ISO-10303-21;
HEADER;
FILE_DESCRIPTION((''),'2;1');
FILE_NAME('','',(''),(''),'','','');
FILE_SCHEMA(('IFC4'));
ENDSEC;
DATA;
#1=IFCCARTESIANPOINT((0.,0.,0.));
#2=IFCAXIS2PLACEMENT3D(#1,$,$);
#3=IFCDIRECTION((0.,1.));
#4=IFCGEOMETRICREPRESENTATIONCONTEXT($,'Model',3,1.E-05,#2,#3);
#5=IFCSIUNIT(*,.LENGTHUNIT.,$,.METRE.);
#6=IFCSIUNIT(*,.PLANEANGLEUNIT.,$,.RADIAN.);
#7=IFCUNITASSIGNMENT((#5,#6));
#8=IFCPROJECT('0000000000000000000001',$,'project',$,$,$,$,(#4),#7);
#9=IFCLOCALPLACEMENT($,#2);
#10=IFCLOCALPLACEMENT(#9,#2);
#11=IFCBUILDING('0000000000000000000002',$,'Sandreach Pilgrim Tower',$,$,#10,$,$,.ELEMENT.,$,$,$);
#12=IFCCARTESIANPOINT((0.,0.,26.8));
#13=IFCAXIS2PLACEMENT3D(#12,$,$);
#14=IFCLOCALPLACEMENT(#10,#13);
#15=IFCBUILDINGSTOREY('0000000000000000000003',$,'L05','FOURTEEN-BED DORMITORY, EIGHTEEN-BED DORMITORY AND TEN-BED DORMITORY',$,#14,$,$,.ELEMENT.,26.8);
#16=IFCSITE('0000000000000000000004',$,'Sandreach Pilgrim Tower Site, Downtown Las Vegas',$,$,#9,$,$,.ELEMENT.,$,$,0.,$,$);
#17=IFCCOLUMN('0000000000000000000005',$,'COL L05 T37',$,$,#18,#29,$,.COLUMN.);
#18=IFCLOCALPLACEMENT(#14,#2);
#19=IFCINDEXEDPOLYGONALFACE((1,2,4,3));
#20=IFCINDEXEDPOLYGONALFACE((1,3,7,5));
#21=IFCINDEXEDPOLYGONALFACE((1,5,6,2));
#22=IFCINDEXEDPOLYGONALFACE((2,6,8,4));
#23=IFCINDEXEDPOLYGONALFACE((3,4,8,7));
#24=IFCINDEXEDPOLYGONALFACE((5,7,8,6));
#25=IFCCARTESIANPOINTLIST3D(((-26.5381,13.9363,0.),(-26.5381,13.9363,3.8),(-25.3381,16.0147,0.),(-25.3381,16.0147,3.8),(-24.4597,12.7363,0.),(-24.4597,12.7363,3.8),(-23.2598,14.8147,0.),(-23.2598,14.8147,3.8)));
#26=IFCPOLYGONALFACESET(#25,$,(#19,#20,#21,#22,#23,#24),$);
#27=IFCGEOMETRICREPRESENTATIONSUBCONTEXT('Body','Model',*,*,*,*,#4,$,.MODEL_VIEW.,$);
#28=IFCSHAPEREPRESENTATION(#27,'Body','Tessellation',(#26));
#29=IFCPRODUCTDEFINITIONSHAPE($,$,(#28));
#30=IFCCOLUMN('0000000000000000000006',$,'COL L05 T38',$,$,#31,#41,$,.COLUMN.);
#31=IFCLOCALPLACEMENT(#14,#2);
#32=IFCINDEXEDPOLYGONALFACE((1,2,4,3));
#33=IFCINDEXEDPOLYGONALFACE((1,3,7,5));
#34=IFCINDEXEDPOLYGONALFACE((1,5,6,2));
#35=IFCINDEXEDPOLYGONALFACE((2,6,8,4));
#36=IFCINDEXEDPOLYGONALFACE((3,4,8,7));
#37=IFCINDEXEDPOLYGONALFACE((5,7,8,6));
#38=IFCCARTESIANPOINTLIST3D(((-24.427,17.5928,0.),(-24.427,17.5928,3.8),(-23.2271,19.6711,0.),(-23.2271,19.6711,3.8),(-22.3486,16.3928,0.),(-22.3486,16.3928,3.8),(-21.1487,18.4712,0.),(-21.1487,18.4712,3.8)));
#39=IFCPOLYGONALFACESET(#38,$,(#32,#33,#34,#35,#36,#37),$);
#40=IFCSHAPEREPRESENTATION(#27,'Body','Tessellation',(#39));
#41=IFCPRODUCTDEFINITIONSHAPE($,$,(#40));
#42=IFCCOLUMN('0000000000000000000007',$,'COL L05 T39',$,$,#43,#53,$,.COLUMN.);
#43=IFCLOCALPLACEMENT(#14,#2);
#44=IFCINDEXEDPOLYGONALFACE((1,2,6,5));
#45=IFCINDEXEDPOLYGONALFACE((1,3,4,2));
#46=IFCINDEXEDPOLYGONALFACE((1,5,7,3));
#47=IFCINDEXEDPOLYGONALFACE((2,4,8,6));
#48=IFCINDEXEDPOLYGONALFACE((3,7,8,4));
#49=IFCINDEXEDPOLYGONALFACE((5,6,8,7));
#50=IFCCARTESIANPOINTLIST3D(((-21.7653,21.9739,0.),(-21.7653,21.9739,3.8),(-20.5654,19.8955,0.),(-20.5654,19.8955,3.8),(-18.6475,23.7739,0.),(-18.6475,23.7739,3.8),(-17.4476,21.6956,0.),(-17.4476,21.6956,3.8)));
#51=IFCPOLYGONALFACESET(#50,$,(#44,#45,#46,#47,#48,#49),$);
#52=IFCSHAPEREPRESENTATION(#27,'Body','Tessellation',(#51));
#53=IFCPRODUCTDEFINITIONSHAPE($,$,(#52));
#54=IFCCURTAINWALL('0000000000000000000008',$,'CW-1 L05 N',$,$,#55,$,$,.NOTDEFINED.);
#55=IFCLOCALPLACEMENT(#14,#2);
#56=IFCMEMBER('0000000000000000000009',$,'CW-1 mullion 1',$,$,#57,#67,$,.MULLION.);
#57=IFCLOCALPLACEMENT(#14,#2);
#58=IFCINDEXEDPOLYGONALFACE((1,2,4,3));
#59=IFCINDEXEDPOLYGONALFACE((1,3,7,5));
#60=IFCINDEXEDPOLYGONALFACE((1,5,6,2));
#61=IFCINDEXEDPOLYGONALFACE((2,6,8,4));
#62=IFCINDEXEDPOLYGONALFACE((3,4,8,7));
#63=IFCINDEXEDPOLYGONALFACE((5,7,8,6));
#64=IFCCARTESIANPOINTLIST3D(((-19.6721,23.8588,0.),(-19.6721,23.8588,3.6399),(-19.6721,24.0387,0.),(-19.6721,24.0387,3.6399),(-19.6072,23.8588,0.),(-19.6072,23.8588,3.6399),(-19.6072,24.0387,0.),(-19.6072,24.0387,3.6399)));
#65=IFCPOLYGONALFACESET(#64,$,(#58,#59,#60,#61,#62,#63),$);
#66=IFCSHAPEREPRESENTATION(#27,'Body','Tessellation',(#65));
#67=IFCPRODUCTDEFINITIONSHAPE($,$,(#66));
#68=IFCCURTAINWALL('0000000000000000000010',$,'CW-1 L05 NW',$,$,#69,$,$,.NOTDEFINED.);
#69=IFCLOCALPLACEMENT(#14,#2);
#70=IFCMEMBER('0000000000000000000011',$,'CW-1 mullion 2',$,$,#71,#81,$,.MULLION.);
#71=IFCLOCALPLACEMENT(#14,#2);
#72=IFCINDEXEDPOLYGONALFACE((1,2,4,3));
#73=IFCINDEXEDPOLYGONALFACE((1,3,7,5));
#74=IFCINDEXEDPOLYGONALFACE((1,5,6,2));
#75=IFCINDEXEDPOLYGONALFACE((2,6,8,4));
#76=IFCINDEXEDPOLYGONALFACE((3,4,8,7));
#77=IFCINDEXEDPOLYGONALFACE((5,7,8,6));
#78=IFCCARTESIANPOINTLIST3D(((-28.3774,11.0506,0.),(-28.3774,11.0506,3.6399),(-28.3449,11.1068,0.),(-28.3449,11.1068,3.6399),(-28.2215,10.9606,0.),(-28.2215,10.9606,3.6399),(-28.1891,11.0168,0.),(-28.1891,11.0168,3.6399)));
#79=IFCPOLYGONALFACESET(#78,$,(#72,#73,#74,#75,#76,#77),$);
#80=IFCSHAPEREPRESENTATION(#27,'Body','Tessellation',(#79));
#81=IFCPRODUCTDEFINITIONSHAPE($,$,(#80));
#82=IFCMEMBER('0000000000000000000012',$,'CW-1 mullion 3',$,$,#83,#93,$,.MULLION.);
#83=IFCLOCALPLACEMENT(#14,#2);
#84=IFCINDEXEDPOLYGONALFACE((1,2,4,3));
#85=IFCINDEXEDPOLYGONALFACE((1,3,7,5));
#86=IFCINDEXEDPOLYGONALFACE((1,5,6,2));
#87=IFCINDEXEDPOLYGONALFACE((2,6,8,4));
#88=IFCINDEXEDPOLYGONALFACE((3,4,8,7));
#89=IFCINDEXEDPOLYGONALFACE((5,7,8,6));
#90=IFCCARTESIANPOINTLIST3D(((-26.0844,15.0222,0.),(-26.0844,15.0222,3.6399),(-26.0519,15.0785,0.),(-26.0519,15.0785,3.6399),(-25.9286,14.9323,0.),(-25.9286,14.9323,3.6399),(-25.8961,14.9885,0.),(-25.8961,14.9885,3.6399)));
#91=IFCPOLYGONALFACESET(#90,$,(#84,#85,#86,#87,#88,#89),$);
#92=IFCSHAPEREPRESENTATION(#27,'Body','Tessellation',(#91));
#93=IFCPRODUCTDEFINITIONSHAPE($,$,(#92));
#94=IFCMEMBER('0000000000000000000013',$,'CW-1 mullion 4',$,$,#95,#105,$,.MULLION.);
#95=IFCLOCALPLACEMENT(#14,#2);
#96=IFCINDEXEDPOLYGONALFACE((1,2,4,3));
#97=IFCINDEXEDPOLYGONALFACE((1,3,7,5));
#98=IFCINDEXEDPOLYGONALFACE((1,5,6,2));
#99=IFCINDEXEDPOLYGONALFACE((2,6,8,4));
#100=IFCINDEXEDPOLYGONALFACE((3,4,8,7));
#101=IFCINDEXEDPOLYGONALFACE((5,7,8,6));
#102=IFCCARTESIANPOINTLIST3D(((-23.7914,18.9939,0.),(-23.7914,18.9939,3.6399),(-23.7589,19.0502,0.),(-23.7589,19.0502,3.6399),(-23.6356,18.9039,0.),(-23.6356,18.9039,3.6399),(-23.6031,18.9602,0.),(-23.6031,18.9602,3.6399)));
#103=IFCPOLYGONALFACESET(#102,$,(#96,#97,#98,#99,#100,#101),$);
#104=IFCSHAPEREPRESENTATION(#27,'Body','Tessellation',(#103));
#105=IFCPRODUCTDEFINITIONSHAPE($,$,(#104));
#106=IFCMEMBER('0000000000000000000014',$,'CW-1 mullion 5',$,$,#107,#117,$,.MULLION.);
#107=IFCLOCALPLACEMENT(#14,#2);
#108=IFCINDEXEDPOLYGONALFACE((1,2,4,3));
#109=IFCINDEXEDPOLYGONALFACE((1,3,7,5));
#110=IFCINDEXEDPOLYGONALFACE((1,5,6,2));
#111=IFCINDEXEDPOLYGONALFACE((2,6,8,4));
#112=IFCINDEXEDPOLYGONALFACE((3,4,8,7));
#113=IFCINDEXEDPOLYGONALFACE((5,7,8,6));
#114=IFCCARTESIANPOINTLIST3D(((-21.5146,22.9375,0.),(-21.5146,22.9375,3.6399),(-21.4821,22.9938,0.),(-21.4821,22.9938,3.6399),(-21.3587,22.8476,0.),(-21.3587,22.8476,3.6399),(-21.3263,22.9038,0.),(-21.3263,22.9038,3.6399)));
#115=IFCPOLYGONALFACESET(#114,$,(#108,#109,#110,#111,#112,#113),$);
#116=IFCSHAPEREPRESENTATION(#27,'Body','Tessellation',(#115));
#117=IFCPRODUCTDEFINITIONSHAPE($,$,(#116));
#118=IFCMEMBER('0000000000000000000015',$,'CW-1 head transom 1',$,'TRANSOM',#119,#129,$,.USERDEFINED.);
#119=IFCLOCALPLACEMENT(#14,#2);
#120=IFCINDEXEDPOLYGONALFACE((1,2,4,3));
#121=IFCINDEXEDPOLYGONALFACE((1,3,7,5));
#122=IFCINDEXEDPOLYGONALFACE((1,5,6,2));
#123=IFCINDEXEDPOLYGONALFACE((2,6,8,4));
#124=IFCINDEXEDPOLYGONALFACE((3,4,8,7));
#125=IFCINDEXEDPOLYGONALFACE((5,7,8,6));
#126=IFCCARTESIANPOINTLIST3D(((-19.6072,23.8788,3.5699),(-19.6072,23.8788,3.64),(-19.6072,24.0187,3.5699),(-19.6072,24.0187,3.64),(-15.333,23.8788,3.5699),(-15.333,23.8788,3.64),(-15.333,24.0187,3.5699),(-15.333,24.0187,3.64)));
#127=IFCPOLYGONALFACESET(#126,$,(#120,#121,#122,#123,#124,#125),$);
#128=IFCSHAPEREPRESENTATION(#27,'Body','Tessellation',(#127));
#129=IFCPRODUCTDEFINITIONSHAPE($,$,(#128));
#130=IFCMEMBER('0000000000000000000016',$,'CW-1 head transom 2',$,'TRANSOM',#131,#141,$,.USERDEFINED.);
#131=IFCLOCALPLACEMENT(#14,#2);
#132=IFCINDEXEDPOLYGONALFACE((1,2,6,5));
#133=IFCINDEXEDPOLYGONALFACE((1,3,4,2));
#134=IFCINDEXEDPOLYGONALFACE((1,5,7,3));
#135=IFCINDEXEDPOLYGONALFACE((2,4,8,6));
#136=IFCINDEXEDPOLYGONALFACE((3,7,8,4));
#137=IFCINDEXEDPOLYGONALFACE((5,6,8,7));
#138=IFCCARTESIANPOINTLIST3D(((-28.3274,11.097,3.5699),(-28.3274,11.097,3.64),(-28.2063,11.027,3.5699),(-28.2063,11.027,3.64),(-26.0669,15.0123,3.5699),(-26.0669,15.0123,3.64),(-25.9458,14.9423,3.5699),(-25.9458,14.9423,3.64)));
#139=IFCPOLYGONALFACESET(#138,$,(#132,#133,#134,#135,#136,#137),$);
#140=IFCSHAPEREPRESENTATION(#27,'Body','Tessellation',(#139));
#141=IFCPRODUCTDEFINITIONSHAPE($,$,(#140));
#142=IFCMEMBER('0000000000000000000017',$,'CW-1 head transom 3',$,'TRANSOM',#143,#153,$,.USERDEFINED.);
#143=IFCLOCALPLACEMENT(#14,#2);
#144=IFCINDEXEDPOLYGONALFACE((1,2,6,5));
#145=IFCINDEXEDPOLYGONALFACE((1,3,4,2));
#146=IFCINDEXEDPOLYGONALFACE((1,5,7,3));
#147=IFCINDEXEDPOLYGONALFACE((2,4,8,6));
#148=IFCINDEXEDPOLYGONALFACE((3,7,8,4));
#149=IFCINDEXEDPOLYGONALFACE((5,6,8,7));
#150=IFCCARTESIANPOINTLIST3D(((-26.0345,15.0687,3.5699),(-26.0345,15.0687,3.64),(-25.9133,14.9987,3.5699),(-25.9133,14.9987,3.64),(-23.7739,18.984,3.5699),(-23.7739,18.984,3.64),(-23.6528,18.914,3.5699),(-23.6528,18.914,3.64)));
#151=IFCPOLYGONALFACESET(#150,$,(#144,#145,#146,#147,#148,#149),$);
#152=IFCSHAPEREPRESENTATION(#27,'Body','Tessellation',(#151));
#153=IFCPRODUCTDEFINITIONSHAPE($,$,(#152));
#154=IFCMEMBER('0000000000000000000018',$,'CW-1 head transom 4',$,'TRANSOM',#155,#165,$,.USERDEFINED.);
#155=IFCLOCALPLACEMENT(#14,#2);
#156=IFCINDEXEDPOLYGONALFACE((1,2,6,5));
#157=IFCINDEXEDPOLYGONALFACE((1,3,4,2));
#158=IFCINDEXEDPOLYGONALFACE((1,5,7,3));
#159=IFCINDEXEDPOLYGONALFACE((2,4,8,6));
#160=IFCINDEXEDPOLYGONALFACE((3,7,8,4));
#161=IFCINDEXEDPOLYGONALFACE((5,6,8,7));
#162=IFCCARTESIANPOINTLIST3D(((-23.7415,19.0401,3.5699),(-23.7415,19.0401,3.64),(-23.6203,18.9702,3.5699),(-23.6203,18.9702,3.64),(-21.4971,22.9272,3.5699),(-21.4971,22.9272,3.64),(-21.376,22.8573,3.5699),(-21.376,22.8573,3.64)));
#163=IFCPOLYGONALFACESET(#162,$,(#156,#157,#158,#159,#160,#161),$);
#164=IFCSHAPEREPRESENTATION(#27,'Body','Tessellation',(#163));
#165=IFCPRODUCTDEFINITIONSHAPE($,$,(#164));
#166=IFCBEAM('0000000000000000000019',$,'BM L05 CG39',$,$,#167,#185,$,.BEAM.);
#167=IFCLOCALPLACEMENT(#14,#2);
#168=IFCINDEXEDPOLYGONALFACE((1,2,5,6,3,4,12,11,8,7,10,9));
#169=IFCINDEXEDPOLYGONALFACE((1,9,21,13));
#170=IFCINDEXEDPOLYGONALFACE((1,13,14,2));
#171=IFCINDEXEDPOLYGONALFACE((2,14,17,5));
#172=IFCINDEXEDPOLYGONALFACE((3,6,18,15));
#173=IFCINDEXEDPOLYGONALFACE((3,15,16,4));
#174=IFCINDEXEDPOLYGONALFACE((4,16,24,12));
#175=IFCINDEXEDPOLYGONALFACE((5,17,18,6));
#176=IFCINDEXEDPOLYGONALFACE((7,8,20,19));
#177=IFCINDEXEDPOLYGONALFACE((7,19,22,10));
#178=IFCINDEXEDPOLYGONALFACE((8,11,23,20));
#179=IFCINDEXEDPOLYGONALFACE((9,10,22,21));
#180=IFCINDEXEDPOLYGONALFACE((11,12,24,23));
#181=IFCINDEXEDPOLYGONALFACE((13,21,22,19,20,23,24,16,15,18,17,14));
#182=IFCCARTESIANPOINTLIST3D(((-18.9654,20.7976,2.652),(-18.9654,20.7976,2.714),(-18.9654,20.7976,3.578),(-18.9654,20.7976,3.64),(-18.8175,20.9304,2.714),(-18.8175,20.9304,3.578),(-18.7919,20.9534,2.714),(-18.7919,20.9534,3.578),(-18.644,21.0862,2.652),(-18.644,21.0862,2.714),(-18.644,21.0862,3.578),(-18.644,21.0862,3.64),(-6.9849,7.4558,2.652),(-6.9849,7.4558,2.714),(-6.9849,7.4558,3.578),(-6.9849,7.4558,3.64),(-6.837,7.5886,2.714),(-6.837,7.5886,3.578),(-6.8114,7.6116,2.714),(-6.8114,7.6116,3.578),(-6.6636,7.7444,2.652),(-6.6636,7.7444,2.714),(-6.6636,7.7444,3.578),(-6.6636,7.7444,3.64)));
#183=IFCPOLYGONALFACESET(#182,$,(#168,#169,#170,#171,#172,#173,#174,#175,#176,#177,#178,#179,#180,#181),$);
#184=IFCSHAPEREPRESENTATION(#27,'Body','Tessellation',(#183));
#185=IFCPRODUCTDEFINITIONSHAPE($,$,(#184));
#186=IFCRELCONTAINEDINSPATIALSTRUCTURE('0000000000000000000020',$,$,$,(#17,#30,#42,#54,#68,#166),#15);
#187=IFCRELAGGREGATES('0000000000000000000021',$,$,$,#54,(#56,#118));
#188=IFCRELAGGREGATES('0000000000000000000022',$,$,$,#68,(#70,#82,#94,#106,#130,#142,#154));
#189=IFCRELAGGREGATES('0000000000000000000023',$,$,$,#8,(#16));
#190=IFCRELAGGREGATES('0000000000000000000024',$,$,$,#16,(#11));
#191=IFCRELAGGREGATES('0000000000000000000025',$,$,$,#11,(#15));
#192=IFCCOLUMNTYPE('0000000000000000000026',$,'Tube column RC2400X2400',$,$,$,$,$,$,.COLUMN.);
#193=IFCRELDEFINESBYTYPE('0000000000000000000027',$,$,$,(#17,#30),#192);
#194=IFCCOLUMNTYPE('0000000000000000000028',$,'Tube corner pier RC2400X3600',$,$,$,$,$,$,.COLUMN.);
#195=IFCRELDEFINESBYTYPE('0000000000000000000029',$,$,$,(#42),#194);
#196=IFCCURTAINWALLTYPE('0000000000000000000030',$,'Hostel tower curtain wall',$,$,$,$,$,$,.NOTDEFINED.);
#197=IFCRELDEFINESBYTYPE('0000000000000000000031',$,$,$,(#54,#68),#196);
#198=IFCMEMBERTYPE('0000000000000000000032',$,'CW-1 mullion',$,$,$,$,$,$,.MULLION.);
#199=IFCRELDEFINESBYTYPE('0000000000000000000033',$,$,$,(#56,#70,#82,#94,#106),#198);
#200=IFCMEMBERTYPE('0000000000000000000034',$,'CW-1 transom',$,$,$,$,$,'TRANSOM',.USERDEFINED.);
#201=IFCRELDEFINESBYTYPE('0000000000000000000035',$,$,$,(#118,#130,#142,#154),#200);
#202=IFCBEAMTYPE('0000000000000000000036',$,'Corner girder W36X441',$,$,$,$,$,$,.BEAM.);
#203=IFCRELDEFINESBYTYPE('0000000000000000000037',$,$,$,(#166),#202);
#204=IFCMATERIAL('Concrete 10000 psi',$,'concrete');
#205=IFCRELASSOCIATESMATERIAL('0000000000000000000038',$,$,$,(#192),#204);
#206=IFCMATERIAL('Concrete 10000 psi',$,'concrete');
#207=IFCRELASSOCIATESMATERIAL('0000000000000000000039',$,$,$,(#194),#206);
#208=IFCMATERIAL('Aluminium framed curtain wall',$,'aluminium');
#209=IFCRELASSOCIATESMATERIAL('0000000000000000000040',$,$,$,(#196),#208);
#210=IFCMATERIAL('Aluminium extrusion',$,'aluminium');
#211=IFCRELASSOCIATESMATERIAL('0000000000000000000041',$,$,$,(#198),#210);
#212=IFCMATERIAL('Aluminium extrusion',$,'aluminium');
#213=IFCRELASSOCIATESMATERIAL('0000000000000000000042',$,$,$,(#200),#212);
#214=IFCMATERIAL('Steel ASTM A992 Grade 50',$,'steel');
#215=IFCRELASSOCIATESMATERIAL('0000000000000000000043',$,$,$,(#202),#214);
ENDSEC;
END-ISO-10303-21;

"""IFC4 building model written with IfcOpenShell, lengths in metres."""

from ifc_helpers import new_model, si_unit, direction, frame, origin, origin_2d, place, context, subcontext, project, spatial, rectangle, i_section, extrude, material, material_profile, profile_set, type_object, element, aggregate, save


model = new_model("IFC4")

# Units and contexts
model_context = context("Model", 3, precision=1e-05, world=origin(), true_north=direction((0.0, 1.0)))
body_context = subcontext(model_context, "Body", "Model", "MODEL_VIEW")
ifc_project = project(units=[si_unit("LENGTHUNIT", "METRE"), si_unit("PLANEANGLEUNIT", "RADIAN")], contexts=[model_context])

# Site, building, storey
site_placement = place(None, origin())
site = spatial("IfcSite", under=ifc_project, at=site_placement, Name="Sandreach Pilgrim Tower Site, Downtown Las Vegas", CompositionType="ELEMENT", RefElevation=0.0)
building_placement = place(site_placement, origin())
building = spatial("IfcBuilding", under=site, at=building_placement, Name="Sandreach Pilgrim Tower", CompositionType="ELEMENT")
storey_placement = place(building_placement, frame((0.0, 0.0, 26.8)))
storey = spatial("IfcBuildingStorey", under=building, at=storey_placement, Name="L05", Description="FOURTEEN-BED DORMITORY, EIGHTEEN-BED DORMITORY AND TEN-BED DORMITORY", CompositionType="ELEMENT", Elevation=26.8)

# Columns
ifc_material_1 = material(Name="Concrete 10000 psi", Category="concrete")
ifc_material_profile_1 = material_profile(ifc_material_1, rectangle(XDim=2.3999, YDim=2.3999, at=origin_2d()), Name="RC2400X2400")
ifc_profile_set_1 = profile_set([ifc_material_profile_1], Name="Concrete 10000 psi")
column_type_1 = type_object("IfcColumnType", Name="Tube column RC2400X2400", PredefinedType="COLUMN", material=ifc_profile_set_1)
for number, where, z_axis, x_axis, name in (
    (1, (-24.8989, 14.3755, 0.0), (0.0, 0.0, 1.0), (-0.866025, 0.5, 0.0), "COL L05 T37"),
    (2, (-22.7878, 18.032, 0.0), (0.0, 0.0, 1.0), (-0.866025, 0.5, 0.0), "COL L05 T38"),
):
    element("IfcColumn", number, at=place(storey_placement, frame(where, z_axis=z_axis, x_axis=x_axis)), inside=storey, type_object=column_type_1, Name=name, PredefinedType="COLUMN", context=body_context, shape_type="SweptSolid", body=[
        extrude(rectangle(XDim=2.3999, YDim=2.3999, at=origin_2d()), origin(), (0.0, 0.0, 1.0), 3.8),
    ])
ifc_material_2 = material(Name="Concrete 10000 psi", Category="concrete")
ifc_material_profile_2 = material_profile(ifc_material_2, rectangle(XDim=2.3999, YDim=3.6001, at=origin_2d()), Name="RC2400X3600")
ifc_profile_set_2 = profile_set([ifc_material_profile_2], Name="Concrete 10000 psi")
column_type_2 = type_object("IfcColumnType", Name="Tube corner pier RC2400X3600", PredefinedType="COLUMN", material=ifc_profile_set_2)
column_placement = place(storey_placement, frame((-19.6064, 21.8347, 0.0), z_axis=(0.0, 0.0, 1.0), x_axis=(-0.5, 0.866025, 0.0)))
element("IfcColumn", 3, at=column_placement, inside=storey, type_object=column_type_2, Name="COL L05 T39", PredefinedType="COLUMN", context=body_context, shape_type="SweptSolid", body=[
    extrude(rectangle(XDim=2.3999, YDim=3.6001, at=origin_2d()), origin(), (0.0, 0.0, 1.0), 3.8),
])

# Curtain wall, member
ifc_material_3 = material(Name="Aluminium framed curtain wall", Category="aluminium")
curtain_wall_type = type_object("IfcCurtainWallType", Name="Hostel tower curtain wall", PredefinedType="NOTDEFINED", material=ifc_material_3)
curtain_wall_1_placement = place(storey_placement, origin())
curtain_wall_1 = element("IfcCurtainWall", 4, at=curtain_wall_1_placement, inside=storey, type_object=curtain_wall_type, Name="CW-1 L05 N", PredefinedType="NOTDEFINED")
ifc_material_4 = material(Name="Aluminium extrusion", Category="aluminium")
ifc_material_profile_3 = material_profile(ifc_material_4, rectangle(XDim=0.0649, YDim=0.1799, at=origin_2d()), Name="CW-1M 65X180")
ifc_profile_set_3 = profile_set([ifc_material_profile_3], Name="Aluminium extrusion")
member_type_1 = type_object("IfcMemberType", Name="CW-1 mullion", PredefinedType="MULLION", material=ifc_profile_set_3)
member_1_placement = place(storey_placement, frame((-19.6396, 23.9487, 0.0), z_axis=(0.0, 0.0, 1.0), x_axis=(1.0, 0.0, 0.0)))
member_1 = element("IfcMember", 5, at=member_1_placement, type_object=member_type_1, Name="CW-1 mullion 1", PredefinedType="MULLION", context=body_context, shape_type="SweptSolid", body=[
    extrude(rectangle(XDim=0.0649, YDim=0.1799, at=origin_2d()), origin(), (0.0, 0.0, 1.0), 3.6399),
])

# Curtain wall, members
curtain_wall_2_placement = place(storey_placement, origin())
curtain_wall_2 = element("IfcCurtainWall", 6, at=curtain_wall_2_placement, inside=storey, type_object=curtain_wall_type, Name="CW-1 L05 NW", PredefinedType="NOTDEFINED")
member_2_placement = place(storey_placement, frame((-28.2832, 11.0337, 0.0), z_axis=(0.0, 0.0, 1.0), x_axis=(0.5, 0.866025, 0.0)))
member_2 = element("IfcMember", 7, at=member_2_placement, type_object=member_type_1, Name="CW-1 mullion 2", PredefinedType="MULLION", context=body_context, shape_type="SweptSolid", body=[
    extrude(rectangle(XDim=0.0649, YDim=0.1799, at=origin_2d()), origin(), (0.0, 0.0, 1.0), 3.6399),
])
member_3_placement = place(storey_placement, frame((-25.9902, 15.0054, 0.0), z_axis=(0.0, 0.0, 1.0), x_axis=(0.5, 0.866025, 0.0)))
member_3 = element("IfcMember", 8, at=member_3_placement, type_object=member_type_1, Name="CW-1 mullion 3", PredefinedType="MULLION", context=body_context, shape_type="SweptSolid", body=[
    extrude(rectangle(XDim=0.0649, YDim=0.1799, at=origin_2d()), origin(), (0.0, 0.0, 1.0), 3.6399),
])
member_4_placement = place(storey_placement, frame((-23.6973, 18.9771, 0.0), z_axis=(0.0, 0.0, 1.0), x_axis=(0.5, 0.866025, 0.0)))
member_4 = element("IfcMember", 9, at=member_4_placement, type_object=member_type_1, Name="CW-1 mullion 4", PredefinedType="MULLION", context=body_context, shape_type="SweptSolid", body=[
    extrude(rectangle(XDim=0.0649, YDim=0.1799, at=origin_2d()), origin(), (0.0, 0.0, 1.0), 3.6399),
])
member_5_placement = place(storey_placement, frame((-21.4204, 22.9207, 0.0), z_axis=(0.0, 0.0, 1.0), x_axis=(0.5, 0.866025, 0.0)))
member_5 = element("IfcMember", 10, at=member_5_placement, type_object=member_type_1, Name="CW-1 mullion 5", PredefinedType="MULLION", context=body_context, shape_type="SweptSolid", body=[
    extrude(rectangle(XDim=0.0649, YDim=0.1799, at=origin_2d()), origin(), (0.0, 0.0, 1.0), 3.6399),
])

# Members
ifc_material_5 = material(Name="Aluminium extrusion", Category="aluminium")
ifc_material_profile_4 = material_profile(ifc_material_5, rectangle(XDim=0.1399, YDim=0.0701, at=origin_2d()), Name="CW-1T 140X70")
ifc_profile_set_4 = profile_set([ifc_material_profile_4], Name="Aluminium extrusion")
member_type_2 = type_object("IfcMemberType", Name="CW-1 transom", ElementType="TRANSOM", PredefinedType="USERDEFINED", material=ifc_profile_set_4)
member_6_placement = place(storey_placement, frame((-19.6072, 23.9487, 3.605), z_axis=(1.0, 0.0, 0.0), x_axis=(0.0, 1.0, 0.0)))
member_6 = element("IfcMember", 11, at=member_6_placement, type_object=member_type_2, Name="CW-1 head transom 1", ObjectType="TRANSOM", PredefinedType="USERDEFINED", context=body_context, shape_type="SweptSolid", body=[
    extrude(rectangle(XDim=0.1399, YDim=0.0701, at=origin_2d()), origin(), (0.0, 0.0, 1.0), 4.2742),
])
member_7_placement = place(storey_placement, frame((-28.2668, 11.062, 3.605), z_axis=(0.500001, 0.866025, 0.0), x_axis=(-0.866025, 0.500001, 0.0)))
member_7 = element("IfcMember", 12, at=member_7_placement, type_object=member_type_2, Name="CW-1 head transom 2", ObjectType="TRANSOM", PredefinedType="USERDEFINED", context=body_context, shape_type="SweptSolid", body=[
    extrude(rectangle(XDim=0.1399, YDim=0.0701, at=origin_2d()), origin(), (0.0, 0.0, 1.0), 4.521),
])
member_8_placement = place(storey_placement, frame((-25.9739, 15.0337, 3.605), z_axis=(0.500001, 0.866025, 0.0), x_axis=(-0.866025, 0.500001, 0.0)))
member_8 = element("IfcMember", 13, at=member_8_placement, type_object=member_type_2, Name="CW-1 head transom 3", ObjectType="TRANSOM", PredefinedType="USERDEFINED", context=body_context, shape_type="SweptSolid", body=[
    extrude(rectangle(XDim=0.1399, YDim=0.0701, at=origin_2d()), origin(), (0.0, 0.0, 1.0), 4.521),
])
member_9_placement = place(storey_placement, frame((-23.6809, 19.0051, 3.605), z_axis=(0.500018, 0.866015, 0.0), x_axis=(-0.866015, 0.500018, 0.0)))
member_9 = element("IfcMember", 14, at=member_9_placement, type_object=member_type_2, Name="CW-1 head transom 4", ObjectType="TRANSOM", PredefinedType="USERDEFINED", context=body_context, shape_type="SweptSolid", body=[
    extrude(rectangle(XDim=0.1399, YDim=0.0701, at=origin_2d()), origin(), (0.0, 0.0, 1.0), 4.4885),
])

# Beam
ifc_material_6 = material(Name="Steel ASTM A992 Grade 50", Category="steel")
ifc_material_profile_5 = material_profile(ifc_material_6, i_section(OverallWidth=0.4319, OverallDepth=0.988, WebThickness=0.0344, FlangeThickness=0.062, at=origin_2d()), Name="W36X441")
ifc_profile_set_5 = profile_set([ifc_material_profile_5], Name="Steel ASTM A992 Grade 50")
beam_type_1 = type_object("IfcBeamType", Name="Corner girder W36X441", PredefinedType="BEAM", material=ifc_profile_set_5)
beam_1_placement = place(storey_placement, frame((-18.8047, 20.9419, 3.146), z_axis=(0.668128, -0.744047, 0.0), x_axis=(0.744047, 0.668128, 0.0)))
element("IfcBeam", 15, at=beam_1_placement, inside=storey, type_object=beam_type_1, Name="BM L05 CG39", PredefinedType="BEAM", context=body_context, shape_type="SweptSolid", body=[
    extrude(i_section(OverallWidth=0.4319, OverallDepth=0.988, WebThickness=0.0344, FlangeThickness=0.062, at=origin_2d()), origin(), (0.0, 0.0, 1.0), 17.9314),
])

aggregate(curtain_wall_1, [member_1, member_6])
aggregate(curtain_wall_2, [member_2, member_3, member_4, member_5, member_7, member_8, member_9])

save(model, "model.ifc")
